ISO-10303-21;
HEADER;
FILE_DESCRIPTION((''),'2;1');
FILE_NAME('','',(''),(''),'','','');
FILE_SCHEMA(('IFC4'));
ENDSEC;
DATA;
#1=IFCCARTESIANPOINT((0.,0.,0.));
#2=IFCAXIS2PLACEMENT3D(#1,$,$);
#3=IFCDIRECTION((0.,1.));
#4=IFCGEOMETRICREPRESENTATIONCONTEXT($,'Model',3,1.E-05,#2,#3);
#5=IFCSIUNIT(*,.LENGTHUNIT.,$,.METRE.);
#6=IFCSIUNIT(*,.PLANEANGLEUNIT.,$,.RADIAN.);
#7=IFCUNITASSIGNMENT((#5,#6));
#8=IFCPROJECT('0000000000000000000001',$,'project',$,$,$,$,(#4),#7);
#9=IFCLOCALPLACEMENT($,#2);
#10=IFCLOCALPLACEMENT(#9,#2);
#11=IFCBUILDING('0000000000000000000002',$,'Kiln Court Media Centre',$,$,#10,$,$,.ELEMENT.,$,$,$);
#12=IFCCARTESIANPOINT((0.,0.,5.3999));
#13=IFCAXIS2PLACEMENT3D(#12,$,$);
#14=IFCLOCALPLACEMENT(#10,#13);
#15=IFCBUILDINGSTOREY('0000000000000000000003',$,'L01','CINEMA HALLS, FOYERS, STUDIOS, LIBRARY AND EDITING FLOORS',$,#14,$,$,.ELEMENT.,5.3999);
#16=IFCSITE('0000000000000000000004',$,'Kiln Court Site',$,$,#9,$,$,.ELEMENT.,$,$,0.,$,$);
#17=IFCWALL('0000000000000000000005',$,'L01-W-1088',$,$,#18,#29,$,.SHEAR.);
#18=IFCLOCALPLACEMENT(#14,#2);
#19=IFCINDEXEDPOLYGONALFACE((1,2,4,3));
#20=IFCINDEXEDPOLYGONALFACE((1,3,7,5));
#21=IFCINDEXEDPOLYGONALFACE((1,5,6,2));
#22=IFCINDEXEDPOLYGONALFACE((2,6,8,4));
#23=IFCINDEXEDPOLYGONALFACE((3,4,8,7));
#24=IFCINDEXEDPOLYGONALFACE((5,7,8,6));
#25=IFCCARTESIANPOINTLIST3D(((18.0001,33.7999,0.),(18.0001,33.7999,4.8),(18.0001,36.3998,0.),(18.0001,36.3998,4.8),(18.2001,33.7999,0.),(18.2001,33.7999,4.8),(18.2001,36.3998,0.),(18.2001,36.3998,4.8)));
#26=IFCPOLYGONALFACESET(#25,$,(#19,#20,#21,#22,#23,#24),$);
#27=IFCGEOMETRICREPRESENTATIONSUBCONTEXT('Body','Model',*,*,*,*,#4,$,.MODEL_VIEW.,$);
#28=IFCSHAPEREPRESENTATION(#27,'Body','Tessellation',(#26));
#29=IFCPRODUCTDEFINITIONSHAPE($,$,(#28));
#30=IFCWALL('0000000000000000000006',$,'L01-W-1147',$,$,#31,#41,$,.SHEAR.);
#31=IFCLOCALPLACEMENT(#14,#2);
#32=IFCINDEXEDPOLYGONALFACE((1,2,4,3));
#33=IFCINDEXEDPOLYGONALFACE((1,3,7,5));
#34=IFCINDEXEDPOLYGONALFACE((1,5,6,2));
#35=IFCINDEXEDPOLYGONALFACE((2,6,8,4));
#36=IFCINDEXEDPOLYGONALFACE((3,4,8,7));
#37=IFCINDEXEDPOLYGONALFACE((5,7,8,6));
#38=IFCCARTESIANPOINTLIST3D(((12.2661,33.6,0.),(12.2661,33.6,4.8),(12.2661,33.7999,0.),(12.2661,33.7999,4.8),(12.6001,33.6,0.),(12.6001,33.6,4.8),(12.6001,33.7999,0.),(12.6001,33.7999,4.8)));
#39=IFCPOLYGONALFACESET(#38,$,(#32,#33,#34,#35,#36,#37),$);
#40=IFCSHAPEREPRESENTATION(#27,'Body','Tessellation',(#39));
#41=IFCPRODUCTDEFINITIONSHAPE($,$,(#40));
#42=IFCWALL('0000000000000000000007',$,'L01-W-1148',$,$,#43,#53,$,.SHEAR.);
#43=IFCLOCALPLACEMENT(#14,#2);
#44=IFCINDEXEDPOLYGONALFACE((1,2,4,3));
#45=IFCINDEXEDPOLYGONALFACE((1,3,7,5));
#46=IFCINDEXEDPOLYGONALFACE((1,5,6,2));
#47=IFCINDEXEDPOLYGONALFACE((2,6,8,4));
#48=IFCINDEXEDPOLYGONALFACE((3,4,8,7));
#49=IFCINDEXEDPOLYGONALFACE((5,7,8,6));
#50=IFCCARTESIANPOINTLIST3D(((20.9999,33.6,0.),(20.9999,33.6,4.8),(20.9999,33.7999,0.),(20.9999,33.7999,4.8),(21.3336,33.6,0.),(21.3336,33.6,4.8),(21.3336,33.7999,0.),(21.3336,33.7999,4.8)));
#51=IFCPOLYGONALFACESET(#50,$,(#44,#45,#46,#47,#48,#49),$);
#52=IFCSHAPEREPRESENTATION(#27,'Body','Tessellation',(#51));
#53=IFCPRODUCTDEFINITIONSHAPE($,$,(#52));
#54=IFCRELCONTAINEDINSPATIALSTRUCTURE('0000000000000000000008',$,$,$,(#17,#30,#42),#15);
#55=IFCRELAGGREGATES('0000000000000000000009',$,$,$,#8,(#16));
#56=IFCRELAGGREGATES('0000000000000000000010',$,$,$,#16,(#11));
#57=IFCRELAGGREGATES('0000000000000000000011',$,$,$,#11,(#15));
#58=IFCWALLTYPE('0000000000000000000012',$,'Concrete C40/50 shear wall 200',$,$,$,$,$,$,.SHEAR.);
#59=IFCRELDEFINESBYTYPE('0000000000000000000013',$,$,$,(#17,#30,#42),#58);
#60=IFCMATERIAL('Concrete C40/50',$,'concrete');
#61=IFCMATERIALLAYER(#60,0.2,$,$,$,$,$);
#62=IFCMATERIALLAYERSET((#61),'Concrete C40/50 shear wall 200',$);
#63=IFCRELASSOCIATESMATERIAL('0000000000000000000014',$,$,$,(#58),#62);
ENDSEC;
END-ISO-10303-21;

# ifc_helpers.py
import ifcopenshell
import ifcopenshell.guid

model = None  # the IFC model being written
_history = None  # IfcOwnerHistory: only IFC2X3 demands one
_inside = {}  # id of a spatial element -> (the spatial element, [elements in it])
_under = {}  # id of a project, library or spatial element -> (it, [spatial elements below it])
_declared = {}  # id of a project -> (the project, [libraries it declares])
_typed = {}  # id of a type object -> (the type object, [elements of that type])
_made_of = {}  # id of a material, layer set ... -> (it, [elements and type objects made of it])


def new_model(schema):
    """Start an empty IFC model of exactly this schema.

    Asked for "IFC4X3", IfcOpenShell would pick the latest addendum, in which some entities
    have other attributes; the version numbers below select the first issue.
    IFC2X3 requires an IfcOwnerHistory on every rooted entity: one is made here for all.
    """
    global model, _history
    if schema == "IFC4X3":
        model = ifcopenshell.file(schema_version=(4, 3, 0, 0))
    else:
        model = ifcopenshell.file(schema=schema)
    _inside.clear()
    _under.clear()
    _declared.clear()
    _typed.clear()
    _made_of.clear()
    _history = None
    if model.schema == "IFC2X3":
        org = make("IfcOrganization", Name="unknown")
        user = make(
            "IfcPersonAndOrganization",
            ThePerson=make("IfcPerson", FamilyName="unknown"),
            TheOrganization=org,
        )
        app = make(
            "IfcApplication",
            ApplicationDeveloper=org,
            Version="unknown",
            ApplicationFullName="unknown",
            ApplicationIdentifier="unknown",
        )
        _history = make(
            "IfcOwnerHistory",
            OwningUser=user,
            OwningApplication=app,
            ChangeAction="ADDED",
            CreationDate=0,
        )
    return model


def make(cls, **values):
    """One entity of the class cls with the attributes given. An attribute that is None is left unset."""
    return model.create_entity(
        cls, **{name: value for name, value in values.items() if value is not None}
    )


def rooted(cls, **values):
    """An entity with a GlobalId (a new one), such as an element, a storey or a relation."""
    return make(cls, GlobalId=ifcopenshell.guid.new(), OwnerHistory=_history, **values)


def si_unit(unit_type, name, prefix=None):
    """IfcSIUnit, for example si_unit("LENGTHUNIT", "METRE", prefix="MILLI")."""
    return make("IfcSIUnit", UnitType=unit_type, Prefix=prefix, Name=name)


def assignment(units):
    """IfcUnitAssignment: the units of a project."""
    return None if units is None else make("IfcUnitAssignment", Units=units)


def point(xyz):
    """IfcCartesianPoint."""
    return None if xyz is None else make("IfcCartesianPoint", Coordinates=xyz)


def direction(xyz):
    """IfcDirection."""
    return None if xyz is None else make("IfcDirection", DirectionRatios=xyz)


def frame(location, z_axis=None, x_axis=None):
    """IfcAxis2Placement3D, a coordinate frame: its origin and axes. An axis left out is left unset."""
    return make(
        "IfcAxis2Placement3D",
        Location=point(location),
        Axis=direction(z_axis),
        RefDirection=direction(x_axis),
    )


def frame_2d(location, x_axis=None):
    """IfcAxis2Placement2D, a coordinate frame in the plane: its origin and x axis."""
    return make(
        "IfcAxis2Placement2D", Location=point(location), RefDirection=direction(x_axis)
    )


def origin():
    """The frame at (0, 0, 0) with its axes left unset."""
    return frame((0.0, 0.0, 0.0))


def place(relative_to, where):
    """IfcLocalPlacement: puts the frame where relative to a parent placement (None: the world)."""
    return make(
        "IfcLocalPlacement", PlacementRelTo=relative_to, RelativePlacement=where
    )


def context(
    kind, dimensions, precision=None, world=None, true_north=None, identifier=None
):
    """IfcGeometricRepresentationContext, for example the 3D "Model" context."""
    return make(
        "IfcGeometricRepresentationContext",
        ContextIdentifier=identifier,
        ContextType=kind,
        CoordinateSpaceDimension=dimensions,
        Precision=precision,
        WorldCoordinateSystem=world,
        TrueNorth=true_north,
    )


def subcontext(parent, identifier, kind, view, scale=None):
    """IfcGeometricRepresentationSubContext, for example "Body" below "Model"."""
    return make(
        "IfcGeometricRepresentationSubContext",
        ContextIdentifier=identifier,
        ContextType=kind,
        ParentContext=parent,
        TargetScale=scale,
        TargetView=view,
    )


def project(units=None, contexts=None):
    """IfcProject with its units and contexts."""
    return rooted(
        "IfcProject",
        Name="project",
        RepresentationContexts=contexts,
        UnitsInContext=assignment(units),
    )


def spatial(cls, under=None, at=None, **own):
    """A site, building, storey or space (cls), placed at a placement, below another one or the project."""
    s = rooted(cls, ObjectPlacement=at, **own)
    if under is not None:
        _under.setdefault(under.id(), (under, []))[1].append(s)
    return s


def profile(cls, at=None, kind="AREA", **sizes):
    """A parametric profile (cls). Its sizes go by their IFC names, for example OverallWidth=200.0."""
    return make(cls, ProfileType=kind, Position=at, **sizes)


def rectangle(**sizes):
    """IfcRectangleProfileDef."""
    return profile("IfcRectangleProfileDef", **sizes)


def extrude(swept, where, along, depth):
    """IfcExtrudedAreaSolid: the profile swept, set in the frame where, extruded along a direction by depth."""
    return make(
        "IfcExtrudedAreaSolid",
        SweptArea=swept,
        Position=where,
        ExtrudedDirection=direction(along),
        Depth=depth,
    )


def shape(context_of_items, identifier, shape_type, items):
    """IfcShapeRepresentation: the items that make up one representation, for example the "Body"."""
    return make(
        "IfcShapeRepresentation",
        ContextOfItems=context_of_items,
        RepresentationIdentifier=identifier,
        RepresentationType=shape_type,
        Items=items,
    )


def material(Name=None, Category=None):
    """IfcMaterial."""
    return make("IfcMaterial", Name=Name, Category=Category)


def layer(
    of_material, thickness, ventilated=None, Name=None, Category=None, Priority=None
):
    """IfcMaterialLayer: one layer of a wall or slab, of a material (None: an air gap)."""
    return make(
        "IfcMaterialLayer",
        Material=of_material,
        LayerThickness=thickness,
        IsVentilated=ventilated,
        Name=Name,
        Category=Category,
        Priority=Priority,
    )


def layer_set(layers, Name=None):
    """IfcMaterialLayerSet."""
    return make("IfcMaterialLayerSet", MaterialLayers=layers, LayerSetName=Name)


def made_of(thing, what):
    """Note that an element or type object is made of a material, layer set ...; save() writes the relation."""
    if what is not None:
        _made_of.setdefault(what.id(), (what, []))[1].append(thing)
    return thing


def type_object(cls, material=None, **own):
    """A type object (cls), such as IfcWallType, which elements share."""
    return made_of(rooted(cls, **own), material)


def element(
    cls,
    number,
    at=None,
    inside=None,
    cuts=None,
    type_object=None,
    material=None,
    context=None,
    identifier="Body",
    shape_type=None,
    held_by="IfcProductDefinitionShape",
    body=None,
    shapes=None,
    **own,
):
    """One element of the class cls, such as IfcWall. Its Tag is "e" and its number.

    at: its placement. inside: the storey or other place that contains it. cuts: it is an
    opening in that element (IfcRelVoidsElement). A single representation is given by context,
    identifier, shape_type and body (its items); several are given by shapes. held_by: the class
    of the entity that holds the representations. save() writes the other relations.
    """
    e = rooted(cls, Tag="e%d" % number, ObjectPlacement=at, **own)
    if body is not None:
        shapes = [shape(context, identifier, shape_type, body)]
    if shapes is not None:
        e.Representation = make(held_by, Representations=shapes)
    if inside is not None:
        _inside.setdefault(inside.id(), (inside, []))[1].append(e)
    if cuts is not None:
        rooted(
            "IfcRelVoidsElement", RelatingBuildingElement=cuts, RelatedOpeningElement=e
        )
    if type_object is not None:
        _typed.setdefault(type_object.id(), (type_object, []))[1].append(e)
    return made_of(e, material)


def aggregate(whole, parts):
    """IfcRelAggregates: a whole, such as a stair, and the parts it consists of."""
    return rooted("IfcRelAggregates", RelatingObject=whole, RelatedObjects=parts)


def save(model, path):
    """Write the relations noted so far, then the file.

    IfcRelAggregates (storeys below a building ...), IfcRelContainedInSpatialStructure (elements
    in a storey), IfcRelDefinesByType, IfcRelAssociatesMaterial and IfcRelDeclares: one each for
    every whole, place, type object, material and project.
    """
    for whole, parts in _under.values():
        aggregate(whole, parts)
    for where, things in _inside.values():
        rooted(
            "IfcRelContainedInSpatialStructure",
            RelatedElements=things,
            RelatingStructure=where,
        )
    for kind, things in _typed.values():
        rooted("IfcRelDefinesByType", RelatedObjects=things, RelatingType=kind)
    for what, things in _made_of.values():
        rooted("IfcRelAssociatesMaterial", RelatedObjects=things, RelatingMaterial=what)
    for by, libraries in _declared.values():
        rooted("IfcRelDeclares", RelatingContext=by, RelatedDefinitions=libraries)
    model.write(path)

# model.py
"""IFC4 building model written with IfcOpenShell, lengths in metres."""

from ifc_helpers import new_model, si_unit, direction, frame, frame_2d, origin, place, context, subcontext, project, spatial, rectangle, extrude, material, layer, layer_set, type_object, element, save


model = new_model("IFC4")

# Units and contexts
model_context = context("Model", 3, precision=1e-05, world=origin(), true_north=direction((0.0, 1.0)))
body_context = subcontext(model_context, "Body", "Model", "MODEL_VIEW")
ifc_project = project(units=[si_unit("LENGTHUNIT", "METRE"), si_unit("PLANEANGLEUNIT", "RADIAN")], contexts=[model_context])

# Site, building, storey
site_placement = place(None, origin())
site = spatial("IfcSite", under=ifc_project, at=site_placement, Name="Kiln Court Site", CompositionType="ELEMENT", RefElevation=0.0)
building_placement = place(site_placement, origin())
building = spatial("IfcBuilding", under=site, at=building_placement, Name="Kiln Court Media Centre", CompositionType="ELEMENT")
storey_placement = place(building_placement, frame((0.0, 0.0, 5.3999)))
storey = spatial("IfcBuildingStorey", under=building, at=storey_placement, Name="L01", Description="CINEMA HALLS, FOYERS, STUDIOS, LIBRARY AND EDITING FLOORS", CompositionType="ELEMENT", Elevation=5.3999)

# Walls
ifc_material_1 = material(Name="Concrete C40/50", Category="concrete")
ifc_layer_1 = layer(ifc_material_1, 0.2)
ifc_layer_set_1 = layer_set([ifc_layer_1], Name="Concrete C40/50 shear wall 200")
wall_type_1 = type_object("IfcWallType", Name="Concrete C40/50 shear wall 200", PredefinedType="SHEAR", material=ifc_layer_set_1)
wall_1_placement = place(storey_placement, frame((18.1001, 33.8, 0.0), z_axis=(0.0, 0.0, 1.0), x_axis=(0.0, 1.0, 0.0)))
element("IfcWall", 1, at=wall_1_placement, inside=storey, type_object=wall_type_1, Name="L01-W-1088", PredefinedType="SHEAR", context=body_context, shape_type="SweptSolid", body=[
    extrude(rectangle(XDim=2.5999, YDim=0.2, at=frame_2d((1.2998, 0.0))), origin(), (0.0, 0.0, 1.0), 4.8),
])
wall_2_placement = place(storey_placement, frame((12.6001, 33.7, 0.0), z_axis=(0.0, 0.0, 1.0), x_axis=(-1.0, 0.0, 0.0)))
element("IfcWall", 2, at=wall_2_placement, inside=storey, type_object=wall_type_1, Name="L01-W-1147", PredefinedType="SHEAR", context=body_context, shape_type="SweptSolid", body=[
    extrude(rectangle(XDim=0.334, YDim=0.2, at=frame_2d((0.167, 0.0))), origin(), (0.0, 0.0, 1.0), 4.8),
])
wall_3_placement = place(storey_placement, frame((21.3337, 33.7, 0.0), z_axis=(0.0, 0.0, 1.0), x_axis=(-1.0, 0.0, 0.0)))
element("IfcWall", 3, at=wall_3_placement, inside=storey, type_object=wall_type_1, Name="L01-W-1148", PredefinedType="SHEAR", context=body_context, shape_type="SweptSolid", body=[
    extrude(rectangle(XDim=0.3337, YDim=0.2, at=frame_2d((0.167, 0.0))), origin(), (0.0, 0.0, 1.0), 4.8),
])

save(model, "model.ifc")
